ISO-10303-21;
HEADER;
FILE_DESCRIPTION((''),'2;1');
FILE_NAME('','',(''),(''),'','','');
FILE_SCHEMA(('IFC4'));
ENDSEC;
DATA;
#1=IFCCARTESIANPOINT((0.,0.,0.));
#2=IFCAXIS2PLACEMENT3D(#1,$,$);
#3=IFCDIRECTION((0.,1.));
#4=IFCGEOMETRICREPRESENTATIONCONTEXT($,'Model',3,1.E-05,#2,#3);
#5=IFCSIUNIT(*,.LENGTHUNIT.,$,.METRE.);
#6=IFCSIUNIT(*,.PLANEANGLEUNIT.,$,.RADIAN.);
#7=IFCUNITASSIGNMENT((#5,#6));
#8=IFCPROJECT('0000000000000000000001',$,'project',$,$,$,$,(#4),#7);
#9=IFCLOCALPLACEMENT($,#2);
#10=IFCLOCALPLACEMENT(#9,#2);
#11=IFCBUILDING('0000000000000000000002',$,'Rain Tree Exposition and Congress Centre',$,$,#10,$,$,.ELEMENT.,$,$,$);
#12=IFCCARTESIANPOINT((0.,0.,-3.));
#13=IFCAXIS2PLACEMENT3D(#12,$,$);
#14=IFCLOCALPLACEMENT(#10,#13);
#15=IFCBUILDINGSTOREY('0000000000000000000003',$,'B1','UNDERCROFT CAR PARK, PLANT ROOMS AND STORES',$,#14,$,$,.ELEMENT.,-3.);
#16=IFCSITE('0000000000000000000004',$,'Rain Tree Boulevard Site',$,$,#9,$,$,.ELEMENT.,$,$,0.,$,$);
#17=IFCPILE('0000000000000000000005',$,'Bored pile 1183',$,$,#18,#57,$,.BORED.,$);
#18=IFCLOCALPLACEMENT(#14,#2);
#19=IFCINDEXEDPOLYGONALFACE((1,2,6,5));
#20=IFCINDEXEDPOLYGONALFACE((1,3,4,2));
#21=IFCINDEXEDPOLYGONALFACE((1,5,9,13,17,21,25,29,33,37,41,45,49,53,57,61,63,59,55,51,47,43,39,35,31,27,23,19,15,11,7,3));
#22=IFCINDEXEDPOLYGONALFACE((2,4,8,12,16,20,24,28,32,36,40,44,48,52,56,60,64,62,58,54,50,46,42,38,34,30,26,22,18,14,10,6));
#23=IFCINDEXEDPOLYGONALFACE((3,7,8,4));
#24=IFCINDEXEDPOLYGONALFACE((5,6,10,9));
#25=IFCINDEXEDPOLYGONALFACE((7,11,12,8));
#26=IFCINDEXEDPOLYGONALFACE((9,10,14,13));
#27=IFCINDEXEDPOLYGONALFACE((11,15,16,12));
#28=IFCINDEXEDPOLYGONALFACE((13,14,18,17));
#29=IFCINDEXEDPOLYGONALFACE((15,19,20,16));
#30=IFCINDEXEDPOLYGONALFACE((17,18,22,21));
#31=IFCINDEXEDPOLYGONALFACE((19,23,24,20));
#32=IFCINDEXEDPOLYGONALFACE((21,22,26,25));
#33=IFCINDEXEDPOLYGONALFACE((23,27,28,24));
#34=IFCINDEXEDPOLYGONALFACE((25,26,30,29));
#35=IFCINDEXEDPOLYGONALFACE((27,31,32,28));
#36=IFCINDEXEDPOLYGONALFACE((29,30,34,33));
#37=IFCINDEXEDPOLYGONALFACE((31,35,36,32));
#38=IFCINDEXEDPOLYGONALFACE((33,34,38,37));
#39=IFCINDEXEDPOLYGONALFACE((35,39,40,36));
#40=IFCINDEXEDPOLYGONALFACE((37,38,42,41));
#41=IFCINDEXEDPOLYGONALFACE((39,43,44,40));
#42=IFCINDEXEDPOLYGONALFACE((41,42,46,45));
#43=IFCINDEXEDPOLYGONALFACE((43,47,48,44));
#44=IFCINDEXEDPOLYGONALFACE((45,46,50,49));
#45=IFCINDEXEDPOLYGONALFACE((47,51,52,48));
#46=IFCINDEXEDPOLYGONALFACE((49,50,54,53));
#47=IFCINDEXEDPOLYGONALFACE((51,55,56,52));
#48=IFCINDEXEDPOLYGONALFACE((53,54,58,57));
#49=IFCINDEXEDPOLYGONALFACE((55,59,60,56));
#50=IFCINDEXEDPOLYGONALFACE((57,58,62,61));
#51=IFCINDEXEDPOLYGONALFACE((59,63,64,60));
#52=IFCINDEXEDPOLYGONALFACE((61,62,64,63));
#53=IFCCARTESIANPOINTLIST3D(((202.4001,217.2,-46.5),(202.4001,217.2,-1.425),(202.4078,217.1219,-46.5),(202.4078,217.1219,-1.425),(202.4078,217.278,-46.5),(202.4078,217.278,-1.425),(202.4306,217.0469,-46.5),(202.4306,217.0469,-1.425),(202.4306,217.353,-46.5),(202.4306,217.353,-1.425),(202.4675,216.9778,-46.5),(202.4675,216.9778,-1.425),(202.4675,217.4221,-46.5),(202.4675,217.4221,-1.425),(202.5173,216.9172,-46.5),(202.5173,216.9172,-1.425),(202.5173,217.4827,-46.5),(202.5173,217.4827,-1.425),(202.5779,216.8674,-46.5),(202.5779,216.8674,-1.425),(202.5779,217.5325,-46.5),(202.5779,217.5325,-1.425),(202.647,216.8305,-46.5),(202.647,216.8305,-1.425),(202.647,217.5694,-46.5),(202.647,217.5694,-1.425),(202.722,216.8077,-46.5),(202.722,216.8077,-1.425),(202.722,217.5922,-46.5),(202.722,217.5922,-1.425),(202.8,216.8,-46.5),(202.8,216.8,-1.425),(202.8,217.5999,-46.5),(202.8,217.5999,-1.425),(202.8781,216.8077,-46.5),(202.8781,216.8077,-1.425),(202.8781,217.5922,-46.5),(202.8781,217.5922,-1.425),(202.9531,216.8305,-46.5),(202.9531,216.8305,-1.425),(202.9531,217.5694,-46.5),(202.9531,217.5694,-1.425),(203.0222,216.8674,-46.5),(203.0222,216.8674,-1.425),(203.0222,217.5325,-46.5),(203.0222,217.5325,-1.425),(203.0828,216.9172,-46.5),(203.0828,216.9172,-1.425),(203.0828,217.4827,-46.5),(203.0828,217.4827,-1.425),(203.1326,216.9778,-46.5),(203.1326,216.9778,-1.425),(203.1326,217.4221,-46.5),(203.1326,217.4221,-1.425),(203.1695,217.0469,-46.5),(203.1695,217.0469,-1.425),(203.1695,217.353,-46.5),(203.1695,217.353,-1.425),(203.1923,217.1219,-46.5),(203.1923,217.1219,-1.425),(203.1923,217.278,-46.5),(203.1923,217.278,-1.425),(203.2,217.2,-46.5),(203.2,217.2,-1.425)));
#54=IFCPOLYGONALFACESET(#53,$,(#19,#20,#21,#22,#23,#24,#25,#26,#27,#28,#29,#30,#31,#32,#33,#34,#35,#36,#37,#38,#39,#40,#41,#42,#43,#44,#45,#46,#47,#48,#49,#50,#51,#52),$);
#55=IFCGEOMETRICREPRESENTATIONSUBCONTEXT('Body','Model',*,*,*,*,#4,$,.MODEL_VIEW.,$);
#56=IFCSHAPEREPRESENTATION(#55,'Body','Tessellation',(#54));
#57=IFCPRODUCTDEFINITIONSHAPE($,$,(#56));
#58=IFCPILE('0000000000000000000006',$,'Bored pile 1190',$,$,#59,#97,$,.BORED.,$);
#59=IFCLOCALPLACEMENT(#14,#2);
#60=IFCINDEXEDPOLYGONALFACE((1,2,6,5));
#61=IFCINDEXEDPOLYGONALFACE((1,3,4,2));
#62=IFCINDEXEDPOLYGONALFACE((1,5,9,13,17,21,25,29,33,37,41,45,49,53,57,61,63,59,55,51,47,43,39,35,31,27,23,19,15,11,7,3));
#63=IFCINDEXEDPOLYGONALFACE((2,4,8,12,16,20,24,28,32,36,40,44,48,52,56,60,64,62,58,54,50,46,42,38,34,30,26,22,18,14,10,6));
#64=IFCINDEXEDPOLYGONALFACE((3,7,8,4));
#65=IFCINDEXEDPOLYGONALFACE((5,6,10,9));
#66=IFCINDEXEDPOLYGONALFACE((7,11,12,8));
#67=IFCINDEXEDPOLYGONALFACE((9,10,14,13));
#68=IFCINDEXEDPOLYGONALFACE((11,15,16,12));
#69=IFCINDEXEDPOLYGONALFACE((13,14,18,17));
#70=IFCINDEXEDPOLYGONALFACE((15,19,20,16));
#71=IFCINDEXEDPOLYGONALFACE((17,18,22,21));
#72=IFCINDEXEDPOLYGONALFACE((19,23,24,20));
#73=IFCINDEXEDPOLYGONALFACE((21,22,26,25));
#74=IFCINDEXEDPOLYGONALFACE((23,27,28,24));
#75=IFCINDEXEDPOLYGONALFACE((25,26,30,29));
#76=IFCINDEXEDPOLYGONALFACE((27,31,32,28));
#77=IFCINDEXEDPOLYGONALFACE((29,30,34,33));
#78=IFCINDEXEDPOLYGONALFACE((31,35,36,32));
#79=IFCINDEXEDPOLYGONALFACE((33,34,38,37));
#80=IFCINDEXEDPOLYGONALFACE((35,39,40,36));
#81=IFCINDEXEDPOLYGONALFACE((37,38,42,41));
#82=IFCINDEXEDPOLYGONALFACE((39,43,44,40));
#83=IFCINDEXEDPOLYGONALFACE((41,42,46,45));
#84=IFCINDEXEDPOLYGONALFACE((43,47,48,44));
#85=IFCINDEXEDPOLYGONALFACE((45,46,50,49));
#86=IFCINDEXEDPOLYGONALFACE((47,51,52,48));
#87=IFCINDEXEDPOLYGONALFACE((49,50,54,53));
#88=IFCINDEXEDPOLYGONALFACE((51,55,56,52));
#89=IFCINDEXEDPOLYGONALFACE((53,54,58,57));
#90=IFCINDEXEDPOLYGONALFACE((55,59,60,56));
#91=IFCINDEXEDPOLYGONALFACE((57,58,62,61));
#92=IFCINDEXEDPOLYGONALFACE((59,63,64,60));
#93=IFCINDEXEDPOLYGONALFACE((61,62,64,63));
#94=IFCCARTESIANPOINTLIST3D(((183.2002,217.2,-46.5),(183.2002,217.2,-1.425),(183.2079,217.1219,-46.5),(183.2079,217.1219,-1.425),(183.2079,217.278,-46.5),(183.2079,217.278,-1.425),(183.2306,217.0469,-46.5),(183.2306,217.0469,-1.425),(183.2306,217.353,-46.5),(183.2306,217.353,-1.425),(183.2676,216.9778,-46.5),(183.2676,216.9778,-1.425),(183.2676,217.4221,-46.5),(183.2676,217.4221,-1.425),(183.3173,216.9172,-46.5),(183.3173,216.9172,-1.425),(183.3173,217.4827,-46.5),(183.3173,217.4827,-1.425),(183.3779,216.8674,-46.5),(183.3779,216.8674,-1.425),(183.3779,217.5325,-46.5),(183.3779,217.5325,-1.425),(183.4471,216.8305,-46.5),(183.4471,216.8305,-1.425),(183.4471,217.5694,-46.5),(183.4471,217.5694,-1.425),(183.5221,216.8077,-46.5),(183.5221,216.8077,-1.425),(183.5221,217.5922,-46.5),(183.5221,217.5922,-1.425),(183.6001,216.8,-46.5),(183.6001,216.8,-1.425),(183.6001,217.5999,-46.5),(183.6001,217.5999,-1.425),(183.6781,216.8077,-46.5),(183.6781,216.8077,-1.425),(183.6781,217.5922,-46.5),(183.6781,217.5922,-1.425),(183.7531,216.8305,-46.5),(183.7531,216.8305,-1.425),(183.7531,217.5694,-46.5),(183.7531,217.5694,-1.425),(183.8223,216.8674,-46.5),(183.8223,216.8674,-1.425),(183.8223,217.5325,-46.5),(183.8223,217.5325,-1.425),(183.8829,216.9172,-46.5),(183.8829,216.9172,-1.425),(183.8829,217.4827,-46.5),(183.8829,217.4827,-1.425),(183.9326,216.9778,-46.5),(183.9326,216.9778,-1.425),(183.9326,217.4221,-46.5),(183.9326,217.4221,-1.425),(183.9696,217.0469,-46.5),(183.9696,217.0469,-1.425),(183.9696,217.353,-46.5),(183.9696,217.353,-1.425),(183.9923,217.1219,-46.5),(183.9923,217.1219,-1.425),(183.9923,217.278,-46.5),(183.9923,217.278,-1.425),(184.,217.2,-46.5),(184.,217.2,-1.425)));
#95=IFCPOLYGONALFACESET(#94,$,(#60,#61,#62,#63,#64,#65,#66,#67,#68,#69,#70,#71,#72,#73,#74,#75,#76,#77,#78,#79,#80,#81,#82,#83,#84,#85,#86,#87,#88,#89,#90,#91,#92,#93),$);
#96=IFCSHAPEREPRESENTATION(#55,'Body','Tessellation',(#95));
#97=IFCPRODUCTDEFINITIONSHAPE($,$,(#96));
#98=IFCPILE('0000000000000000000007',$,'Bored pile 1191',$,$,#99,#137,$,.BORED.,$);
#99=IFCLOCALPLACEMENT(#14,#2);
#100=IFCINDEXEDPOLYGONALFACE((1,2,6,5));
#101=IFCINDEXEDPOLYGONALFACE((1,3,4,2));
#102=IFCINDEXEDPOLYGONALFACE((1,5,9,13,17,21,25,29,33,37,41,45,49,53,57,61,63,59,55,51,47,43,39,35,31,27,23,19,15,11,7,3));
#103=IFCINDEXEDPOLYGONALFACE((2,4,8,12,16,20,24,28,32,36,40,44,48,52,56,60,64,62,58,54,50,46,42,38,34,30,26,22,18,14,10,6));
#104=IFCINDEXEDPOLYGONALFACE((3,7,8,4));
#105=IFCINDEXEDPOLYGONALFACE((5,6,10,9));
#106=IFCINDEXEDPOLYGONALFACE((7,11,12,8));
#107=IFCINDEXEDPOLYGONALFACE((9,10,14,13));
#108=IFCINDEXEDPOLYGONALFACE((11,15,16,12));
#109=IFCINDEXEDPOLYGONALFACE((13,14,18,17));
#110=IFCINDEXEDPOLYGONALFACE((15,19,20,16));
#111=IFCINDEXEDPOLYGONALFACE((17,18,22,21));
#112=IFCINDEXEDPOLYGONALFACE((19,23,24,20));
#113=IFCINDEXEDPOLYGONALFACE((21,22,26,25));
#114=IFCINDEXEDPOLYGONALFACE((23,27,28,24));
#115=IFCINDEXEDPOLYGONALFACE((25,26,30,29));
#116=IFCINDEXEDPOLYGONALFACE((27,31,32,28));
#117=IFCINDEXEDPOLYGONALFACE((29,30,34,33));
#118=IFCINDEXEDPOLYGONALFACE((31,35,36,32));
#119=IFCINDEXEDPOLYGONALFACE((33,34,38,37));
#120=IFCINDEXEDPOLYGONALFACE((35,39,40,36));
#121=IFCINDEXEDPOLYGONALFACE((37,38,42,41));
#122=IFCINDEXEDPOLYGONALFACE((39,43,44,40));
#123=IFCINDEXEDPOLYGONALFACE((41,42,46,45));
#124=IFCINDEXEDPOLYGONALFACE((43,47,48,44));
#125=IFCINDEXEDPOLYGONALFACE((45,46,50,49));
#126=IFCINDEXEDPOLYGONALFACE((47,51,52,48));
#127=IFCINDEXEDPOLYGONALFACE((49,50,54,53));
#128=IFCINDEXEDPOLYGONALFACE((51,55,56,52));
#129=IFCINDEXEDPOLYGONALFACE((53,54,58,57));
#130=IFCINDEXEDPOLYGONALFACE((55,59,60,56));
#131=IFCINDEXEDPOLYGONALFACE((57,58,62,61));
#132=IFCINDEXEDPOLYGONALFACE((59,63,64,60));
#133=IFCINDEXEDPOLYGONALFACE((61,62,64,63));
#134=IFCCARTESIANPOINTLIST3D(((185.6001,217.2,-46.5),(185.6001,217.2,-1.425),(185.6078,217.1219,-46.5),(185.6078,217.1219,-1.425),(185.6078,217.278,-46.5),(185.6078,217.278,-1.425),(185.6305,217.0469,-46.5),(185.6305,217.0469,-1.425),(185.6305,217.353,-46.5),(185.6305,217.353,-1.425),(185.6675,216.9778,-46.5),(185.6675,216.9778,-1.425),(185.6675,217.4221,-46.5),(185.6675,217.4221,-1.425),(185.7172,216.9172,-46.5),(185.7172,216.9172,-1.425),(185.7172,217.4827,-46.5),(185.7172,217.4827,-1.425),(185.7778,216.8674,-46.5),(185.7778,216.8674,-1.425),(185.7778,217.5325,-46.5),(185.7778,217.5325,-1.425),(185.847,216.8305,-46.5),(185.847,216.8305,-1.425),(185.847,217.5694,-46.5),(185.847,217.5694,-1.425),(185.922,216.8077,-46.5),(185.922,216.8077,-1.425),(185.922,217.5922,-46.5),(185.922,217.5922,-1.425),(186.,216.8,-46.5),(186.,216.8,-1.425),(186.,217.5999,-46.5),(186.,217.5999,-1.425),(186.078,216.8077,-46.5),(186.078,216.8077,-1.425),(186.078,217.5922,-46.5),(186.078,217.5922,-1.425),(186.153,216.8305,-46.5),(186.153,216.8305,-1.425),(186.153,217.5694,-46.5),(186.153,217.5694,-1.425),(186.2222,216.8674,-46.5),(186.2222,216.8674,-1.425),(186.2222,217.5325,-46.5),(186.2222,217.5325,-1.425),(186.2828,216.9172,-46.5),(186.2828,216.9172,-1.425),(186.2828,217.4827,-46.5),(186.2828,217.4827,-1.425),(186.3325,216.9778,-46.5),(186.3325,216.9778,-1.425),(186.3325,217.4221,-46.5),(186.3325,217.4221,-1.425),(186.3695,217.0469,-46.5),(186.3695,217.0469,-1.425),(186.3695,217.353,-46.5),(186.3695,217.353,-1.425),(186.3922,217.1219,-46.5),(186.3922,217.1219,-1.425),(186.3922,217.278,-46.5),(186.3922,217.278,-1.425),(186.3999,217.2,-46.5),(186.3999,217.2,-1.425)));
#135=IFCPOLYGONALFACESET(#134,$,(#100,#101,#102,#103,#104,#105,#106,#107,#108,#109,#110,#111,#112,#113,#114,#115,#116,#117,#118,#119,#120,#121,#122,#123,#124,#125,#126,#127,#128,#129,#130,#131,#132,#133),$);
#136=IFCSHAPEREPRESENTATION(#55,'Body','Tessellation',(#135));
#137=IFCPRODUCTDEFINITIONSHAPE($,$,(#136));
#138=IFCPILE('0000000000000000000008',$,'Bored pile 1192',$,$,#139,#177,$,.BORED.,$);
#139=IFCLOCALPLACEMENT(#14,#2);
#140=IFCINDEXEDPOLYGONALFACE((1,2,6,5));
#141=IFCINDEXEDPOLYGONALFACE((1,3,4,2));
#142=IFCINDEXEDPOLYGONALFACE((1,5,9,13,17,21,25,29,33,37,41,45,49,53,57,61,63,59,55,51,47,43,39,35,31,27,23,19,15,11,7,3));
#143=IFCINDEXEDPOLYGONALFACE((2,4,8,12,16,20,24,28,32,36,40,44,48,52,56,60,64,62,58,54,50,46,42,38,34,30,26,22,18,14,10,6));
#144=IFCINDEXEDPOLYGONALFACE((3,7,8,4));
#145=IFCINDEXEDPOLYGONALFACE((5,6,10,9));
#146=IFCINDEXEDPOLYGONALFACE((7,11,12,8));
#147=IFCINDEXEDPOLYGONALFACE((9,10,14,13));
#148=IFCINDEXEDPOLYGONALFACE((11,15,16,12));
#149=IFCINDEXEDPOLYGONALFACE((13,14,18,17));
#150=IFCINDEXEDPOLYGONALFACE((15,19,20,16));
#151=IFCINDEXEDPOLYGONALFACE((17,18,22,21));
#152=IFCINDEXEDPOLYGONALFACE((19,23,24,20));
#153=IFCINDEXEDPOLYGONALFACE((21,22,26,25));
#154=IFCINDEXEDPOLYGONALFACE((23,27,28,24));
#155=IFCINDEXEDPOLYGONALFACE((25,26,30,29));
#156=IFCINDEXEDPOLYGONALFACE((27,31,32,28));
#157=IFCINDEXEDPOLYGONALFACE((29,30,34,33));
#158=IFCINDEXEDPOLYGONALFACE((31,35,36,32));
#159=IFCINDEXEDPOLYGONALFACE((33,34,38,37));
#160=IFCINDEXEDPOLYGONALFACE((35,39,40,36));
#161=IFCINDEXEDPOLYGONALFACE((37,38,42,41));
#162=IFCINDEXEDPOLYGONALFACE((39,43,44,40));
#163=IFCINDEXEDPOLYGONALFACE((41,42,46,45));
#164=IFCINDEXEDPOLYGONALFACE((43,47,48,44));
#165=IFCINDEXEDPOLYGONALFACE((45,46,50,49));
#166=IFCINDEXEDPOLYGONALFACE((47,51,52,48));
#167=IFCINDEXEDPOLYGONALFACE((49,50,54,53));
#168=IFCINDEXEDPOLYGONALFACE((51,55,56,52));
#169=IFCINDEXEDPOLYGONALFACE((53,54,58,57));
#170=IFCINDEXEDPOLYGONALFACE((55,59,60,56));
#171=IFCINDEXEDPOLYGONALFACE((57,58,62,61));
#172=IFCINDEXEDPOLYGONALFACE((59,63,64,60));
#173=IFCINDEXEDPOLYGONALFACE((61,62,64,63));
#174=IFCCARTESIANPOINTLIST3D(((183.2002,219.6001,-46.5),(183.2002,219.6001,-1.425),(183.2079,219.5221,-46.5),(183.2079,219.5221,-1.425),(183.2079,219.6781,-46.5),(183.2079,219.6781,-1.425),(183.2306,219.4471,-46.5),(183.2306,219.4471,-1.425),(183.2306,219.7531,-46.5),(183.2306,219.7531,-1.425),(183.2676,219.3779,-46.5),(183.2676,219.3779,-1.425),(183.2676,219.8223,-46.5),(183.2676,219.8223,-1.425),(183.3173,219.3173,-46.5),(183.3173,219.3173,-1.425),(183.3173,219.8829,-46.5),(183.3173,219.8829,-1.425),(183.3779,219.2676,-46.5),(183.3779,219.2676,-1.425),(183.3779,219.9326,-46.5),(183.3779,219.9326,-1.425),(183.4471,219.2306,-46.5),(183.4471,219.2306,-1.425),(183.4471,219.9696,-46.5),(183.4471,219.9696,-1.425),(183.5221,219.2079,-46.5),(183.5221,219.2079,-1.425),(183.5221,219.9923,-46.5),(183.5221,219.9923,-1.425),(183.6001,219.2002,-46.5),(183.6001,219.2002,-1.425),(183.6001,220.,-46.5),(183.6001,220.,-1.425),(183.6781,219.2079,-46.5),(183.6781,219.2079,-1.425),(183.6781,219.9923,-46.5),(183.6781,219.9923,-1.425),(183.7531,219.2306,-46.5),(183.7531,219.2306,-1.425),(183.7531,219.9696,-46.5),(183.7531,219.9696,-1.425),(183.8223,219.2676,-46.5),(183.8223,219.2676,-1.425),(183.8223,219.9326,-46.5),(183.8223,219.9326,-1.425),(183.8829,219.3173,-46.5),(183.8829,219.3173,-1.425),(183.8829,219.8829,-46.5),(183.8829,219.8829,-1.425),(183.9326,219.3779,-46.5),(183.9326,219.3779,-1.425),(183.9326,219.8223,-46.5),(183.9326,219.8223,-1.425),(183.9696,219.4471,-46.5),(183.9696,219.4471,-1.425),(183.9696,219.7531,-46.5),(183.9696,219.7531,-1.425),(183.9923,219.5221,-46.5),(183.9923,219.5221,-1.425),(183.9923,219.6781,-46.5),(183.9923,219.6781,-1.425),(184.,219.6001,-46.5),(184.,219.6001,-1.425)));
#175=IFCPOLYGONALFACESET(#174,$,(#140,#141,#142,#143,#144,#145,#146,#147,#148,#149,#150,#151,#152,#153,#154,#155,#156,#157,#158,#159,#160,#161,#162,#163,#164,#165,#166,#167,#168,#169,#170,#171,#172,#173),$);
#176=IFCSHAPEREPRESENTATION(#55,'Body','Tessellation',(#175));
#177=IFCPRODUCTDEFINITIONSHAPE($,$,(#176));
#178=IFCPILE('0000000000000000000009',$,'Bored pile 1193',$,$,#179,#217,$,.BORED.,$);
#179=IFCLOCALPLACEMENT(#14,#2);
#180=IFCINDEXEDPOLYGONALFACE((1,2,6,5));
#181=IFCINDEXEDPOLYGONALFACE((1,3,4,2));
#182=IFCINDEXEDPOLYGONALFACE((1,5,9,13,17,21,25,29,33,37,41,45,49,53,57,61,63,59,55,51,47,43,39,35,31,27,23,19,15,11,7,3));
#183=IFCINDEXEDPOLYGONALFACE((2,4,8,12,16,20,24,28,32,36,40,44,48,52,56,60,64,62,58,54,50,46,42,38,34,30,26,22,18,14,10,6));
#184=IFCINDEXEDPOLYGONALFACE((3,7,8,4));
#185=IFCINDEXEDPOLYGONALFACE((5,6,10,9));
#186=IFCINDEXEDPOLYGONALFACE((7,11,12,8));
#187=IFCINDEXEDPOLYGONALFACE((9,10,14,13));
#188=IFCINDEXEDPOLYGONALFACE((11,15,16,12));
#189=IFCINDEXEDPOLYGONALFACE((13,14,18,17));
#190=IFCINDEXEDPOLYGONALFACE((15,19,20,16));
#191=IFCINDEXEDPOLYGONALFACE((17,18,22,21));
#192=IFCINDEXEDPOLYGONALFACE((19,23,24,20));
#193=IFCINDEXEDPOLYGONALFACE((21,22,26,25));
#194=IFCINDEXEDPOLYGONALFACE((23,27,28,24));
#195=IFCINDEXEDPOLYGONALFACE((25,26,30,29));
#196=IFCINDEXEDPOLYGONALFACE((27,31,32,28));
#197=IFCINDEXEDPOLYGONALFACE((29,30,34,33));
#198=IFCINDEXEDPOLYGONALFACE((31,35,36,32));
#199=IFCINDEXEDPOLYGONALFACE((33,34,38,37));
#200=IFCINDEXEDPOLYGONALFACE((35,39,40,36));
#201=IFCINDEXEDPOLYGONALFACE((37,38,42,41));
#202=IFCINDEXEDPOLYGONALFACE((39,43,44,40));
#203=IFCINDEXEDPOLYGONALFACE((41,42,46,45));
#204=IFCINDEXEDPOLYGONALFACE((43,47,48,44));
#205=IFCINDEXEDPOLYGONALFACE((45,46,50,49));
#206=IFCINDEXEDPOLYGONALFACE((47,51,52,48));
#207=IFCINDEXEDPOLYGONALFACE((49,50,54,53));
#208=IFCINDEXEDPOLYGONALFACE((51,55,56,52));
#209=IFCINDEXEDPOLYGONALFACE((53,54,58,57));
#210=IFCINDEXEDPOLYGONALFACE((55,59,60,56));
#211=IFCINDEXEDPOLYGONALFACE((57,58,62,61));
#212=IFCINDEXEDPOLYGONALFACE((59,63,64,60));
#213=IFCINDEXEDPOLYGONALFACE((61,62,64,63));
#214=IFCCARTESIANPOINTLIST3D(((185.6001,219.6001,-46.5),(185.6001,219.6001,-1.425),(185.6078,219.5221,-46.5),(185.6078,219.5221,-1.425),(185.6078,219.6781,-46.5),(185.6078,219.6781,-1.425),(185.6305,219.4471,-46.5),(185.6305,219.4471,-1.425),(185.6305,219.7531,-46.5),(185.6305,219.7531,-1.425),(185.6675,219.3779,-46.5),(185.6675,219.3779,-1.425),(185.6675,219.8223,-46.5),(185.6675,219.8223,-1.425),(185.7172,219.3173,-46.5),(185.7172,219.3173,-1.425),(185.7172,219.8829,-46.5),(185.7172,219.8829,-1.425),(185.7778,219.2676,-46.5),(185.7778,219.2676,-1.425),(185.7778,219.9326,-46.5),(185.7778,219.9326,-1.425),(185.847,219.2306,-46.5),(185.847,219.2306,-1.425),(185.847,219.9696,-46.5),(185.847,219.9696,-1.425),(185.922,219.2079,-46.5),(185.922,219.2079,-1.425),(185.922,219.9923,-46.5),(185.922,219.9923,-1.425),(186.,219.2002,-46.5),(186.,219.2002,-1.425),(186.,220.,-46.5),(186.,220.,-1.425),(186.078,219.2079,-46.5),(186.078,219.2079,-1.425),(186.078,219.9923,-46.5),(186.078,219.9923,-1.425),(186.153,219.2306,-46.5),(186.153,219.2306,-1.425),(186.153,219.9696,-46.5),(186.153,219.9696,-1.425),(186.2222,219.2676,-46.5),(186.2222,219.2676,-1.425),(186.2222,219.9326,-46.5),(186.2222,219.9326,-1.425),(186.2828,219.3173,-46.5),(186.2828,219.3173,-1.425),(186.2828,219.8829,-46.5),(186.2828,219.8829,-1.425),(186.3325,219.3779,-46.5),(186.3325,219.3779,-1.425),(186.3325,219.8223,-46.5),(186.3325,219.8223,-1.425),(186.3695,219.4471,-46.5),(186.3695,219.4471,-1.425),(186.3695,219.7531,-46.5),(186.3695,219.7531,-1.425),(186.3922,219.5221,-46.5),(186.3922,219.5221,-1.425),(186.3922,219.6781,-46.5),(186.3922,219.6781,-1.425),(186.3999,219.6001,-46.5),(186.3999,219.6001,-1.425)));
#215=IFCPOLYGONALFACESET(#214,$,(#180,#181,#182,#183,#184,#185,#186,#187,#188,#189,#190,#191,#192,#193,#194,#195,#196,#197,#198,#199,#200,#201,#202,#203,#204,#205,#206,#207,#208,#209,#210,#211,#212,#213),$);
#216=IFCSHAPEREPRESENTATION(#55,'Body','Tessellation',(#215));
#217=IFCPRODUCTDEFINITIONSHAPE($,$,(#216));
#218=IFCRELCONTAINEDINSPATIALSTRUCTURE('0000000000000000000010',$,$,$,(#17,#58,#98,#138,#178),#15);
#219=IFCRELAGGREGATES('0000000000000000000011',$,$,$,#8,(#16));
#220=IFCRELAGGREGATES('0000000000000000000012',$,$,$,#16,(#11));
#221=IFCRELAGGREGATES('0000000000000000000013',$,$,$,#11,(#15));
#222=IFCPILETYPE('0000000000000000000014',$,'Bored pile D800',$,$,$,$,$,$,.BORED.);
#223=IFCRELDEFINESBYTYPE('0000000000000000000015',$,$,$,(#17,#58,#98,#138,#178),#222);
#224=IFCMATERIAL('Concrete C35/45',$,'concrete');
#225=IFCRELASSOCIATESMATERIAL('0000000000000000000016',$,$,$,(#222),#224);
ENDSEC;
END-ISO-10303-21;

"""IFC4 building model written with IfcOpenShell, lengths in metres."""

from ifc_helpers import new_model, si_unit, direction, frame, origin, origin_2d, place, context, subcontext, project, spatial, circle, extrude, material, material_profile, profile_set, type_object, element, save


model = new_model("IFC4")

# Units and contexts
model_context = context("Model", 3, precision=1e-05, world=origin(), true_north=direction((0.0, 1.0)))
body_context = subcontext(model_context, "Body", "Model", "MODEL_VIEW")
ifc_project = project(units=[si_unit("LENGTHUNIT", "METRE"), si_unit("PLANEANGLEUNIT", "RADIAN")], contexts=[model_context])

# Site, building, storey
site_placement = place(None, origin())
site = spatial("IfcSite", under=ifc_project, at=site_placement, Name="Rain Tree Boulevard Site", CompositionType="ELEMENT", RefElevation=0.0)
building_placement = place(site_placement, origin())
building = spatial("IfcBuilding", under=site, at=building_placement, Name="Rain Tree Exposition and Congress Centre", CompositionType="ELEMENT")
storey_placement = place(building_placement, frame((0.0, 0.0, -3.0)))
storey = spatial("IfcBuildingStorey", under=building, at=storey_placement, Name="B1", Description="UNDERCROFT CAR PARK, PLANT ROOMS AND STORES", CompositionType="ELEMENT", Elevation=-3.0)

# Piles
ifc_material_1 = material(Name="Concrete C35/45", Category="concrete")
ifc_material_profile_1 = material_profile(ifc_material_1, circle(Radius=0.3999, at=origin_2d()), Name="D800")
ifc_profile_set_1 = profile_set([ifc_material_profile_1], Name="Concrete C35/45")
pile_type_1 = type_object("IfcPileType", Name="Bored pile D800", PredefinedType="BORED", material=ifc_profile_set_1)
for number, where, z_axis, x_axis, name in (
    (1, (202.8, 217.2, -1.425), (0.0, 0.0, -1.0), (1.0, 0.0, 0.0), "Bored pile 1183"),
    (2, (183.6001, 217.2, -1.425), (0.0, 0.0, -1.0), (1.0, 0.0, 0.0), "Bored pile 1190"),
    (3, (186.0, 217.2, -1.425), (0.0, 0.0, -1.0), (1.0, 0.0, 0.0), "Bored pile 1191"),
    (4, (183.6001, 219.6001, -1.425), (0.0, 0.0, -1.0), (1.0, 0.0, 0.0), "Bored pile 1192"),
    (5, (186.0, 219.6001, -1.425), (0.0, 0.0, -1.0), (1.0, 0.0, 0.0), "Bored pile 1193"),
):
    element("IfcPile", number, at=place(storey_placement, frame(where, z_axis=z_axis, x_axis=x_axis)), inside=storey, type_object=pile_type_1, Name=name, PredefinedType="BORED", context=body_context, shape_type="SweptSolid", body=[
        extrude(circle(Radius=0.3999, at=origin_2d()), origin(), (0.0, 0.0, 1.0), 45.075),
    ])

save(model, "model.ifc")
